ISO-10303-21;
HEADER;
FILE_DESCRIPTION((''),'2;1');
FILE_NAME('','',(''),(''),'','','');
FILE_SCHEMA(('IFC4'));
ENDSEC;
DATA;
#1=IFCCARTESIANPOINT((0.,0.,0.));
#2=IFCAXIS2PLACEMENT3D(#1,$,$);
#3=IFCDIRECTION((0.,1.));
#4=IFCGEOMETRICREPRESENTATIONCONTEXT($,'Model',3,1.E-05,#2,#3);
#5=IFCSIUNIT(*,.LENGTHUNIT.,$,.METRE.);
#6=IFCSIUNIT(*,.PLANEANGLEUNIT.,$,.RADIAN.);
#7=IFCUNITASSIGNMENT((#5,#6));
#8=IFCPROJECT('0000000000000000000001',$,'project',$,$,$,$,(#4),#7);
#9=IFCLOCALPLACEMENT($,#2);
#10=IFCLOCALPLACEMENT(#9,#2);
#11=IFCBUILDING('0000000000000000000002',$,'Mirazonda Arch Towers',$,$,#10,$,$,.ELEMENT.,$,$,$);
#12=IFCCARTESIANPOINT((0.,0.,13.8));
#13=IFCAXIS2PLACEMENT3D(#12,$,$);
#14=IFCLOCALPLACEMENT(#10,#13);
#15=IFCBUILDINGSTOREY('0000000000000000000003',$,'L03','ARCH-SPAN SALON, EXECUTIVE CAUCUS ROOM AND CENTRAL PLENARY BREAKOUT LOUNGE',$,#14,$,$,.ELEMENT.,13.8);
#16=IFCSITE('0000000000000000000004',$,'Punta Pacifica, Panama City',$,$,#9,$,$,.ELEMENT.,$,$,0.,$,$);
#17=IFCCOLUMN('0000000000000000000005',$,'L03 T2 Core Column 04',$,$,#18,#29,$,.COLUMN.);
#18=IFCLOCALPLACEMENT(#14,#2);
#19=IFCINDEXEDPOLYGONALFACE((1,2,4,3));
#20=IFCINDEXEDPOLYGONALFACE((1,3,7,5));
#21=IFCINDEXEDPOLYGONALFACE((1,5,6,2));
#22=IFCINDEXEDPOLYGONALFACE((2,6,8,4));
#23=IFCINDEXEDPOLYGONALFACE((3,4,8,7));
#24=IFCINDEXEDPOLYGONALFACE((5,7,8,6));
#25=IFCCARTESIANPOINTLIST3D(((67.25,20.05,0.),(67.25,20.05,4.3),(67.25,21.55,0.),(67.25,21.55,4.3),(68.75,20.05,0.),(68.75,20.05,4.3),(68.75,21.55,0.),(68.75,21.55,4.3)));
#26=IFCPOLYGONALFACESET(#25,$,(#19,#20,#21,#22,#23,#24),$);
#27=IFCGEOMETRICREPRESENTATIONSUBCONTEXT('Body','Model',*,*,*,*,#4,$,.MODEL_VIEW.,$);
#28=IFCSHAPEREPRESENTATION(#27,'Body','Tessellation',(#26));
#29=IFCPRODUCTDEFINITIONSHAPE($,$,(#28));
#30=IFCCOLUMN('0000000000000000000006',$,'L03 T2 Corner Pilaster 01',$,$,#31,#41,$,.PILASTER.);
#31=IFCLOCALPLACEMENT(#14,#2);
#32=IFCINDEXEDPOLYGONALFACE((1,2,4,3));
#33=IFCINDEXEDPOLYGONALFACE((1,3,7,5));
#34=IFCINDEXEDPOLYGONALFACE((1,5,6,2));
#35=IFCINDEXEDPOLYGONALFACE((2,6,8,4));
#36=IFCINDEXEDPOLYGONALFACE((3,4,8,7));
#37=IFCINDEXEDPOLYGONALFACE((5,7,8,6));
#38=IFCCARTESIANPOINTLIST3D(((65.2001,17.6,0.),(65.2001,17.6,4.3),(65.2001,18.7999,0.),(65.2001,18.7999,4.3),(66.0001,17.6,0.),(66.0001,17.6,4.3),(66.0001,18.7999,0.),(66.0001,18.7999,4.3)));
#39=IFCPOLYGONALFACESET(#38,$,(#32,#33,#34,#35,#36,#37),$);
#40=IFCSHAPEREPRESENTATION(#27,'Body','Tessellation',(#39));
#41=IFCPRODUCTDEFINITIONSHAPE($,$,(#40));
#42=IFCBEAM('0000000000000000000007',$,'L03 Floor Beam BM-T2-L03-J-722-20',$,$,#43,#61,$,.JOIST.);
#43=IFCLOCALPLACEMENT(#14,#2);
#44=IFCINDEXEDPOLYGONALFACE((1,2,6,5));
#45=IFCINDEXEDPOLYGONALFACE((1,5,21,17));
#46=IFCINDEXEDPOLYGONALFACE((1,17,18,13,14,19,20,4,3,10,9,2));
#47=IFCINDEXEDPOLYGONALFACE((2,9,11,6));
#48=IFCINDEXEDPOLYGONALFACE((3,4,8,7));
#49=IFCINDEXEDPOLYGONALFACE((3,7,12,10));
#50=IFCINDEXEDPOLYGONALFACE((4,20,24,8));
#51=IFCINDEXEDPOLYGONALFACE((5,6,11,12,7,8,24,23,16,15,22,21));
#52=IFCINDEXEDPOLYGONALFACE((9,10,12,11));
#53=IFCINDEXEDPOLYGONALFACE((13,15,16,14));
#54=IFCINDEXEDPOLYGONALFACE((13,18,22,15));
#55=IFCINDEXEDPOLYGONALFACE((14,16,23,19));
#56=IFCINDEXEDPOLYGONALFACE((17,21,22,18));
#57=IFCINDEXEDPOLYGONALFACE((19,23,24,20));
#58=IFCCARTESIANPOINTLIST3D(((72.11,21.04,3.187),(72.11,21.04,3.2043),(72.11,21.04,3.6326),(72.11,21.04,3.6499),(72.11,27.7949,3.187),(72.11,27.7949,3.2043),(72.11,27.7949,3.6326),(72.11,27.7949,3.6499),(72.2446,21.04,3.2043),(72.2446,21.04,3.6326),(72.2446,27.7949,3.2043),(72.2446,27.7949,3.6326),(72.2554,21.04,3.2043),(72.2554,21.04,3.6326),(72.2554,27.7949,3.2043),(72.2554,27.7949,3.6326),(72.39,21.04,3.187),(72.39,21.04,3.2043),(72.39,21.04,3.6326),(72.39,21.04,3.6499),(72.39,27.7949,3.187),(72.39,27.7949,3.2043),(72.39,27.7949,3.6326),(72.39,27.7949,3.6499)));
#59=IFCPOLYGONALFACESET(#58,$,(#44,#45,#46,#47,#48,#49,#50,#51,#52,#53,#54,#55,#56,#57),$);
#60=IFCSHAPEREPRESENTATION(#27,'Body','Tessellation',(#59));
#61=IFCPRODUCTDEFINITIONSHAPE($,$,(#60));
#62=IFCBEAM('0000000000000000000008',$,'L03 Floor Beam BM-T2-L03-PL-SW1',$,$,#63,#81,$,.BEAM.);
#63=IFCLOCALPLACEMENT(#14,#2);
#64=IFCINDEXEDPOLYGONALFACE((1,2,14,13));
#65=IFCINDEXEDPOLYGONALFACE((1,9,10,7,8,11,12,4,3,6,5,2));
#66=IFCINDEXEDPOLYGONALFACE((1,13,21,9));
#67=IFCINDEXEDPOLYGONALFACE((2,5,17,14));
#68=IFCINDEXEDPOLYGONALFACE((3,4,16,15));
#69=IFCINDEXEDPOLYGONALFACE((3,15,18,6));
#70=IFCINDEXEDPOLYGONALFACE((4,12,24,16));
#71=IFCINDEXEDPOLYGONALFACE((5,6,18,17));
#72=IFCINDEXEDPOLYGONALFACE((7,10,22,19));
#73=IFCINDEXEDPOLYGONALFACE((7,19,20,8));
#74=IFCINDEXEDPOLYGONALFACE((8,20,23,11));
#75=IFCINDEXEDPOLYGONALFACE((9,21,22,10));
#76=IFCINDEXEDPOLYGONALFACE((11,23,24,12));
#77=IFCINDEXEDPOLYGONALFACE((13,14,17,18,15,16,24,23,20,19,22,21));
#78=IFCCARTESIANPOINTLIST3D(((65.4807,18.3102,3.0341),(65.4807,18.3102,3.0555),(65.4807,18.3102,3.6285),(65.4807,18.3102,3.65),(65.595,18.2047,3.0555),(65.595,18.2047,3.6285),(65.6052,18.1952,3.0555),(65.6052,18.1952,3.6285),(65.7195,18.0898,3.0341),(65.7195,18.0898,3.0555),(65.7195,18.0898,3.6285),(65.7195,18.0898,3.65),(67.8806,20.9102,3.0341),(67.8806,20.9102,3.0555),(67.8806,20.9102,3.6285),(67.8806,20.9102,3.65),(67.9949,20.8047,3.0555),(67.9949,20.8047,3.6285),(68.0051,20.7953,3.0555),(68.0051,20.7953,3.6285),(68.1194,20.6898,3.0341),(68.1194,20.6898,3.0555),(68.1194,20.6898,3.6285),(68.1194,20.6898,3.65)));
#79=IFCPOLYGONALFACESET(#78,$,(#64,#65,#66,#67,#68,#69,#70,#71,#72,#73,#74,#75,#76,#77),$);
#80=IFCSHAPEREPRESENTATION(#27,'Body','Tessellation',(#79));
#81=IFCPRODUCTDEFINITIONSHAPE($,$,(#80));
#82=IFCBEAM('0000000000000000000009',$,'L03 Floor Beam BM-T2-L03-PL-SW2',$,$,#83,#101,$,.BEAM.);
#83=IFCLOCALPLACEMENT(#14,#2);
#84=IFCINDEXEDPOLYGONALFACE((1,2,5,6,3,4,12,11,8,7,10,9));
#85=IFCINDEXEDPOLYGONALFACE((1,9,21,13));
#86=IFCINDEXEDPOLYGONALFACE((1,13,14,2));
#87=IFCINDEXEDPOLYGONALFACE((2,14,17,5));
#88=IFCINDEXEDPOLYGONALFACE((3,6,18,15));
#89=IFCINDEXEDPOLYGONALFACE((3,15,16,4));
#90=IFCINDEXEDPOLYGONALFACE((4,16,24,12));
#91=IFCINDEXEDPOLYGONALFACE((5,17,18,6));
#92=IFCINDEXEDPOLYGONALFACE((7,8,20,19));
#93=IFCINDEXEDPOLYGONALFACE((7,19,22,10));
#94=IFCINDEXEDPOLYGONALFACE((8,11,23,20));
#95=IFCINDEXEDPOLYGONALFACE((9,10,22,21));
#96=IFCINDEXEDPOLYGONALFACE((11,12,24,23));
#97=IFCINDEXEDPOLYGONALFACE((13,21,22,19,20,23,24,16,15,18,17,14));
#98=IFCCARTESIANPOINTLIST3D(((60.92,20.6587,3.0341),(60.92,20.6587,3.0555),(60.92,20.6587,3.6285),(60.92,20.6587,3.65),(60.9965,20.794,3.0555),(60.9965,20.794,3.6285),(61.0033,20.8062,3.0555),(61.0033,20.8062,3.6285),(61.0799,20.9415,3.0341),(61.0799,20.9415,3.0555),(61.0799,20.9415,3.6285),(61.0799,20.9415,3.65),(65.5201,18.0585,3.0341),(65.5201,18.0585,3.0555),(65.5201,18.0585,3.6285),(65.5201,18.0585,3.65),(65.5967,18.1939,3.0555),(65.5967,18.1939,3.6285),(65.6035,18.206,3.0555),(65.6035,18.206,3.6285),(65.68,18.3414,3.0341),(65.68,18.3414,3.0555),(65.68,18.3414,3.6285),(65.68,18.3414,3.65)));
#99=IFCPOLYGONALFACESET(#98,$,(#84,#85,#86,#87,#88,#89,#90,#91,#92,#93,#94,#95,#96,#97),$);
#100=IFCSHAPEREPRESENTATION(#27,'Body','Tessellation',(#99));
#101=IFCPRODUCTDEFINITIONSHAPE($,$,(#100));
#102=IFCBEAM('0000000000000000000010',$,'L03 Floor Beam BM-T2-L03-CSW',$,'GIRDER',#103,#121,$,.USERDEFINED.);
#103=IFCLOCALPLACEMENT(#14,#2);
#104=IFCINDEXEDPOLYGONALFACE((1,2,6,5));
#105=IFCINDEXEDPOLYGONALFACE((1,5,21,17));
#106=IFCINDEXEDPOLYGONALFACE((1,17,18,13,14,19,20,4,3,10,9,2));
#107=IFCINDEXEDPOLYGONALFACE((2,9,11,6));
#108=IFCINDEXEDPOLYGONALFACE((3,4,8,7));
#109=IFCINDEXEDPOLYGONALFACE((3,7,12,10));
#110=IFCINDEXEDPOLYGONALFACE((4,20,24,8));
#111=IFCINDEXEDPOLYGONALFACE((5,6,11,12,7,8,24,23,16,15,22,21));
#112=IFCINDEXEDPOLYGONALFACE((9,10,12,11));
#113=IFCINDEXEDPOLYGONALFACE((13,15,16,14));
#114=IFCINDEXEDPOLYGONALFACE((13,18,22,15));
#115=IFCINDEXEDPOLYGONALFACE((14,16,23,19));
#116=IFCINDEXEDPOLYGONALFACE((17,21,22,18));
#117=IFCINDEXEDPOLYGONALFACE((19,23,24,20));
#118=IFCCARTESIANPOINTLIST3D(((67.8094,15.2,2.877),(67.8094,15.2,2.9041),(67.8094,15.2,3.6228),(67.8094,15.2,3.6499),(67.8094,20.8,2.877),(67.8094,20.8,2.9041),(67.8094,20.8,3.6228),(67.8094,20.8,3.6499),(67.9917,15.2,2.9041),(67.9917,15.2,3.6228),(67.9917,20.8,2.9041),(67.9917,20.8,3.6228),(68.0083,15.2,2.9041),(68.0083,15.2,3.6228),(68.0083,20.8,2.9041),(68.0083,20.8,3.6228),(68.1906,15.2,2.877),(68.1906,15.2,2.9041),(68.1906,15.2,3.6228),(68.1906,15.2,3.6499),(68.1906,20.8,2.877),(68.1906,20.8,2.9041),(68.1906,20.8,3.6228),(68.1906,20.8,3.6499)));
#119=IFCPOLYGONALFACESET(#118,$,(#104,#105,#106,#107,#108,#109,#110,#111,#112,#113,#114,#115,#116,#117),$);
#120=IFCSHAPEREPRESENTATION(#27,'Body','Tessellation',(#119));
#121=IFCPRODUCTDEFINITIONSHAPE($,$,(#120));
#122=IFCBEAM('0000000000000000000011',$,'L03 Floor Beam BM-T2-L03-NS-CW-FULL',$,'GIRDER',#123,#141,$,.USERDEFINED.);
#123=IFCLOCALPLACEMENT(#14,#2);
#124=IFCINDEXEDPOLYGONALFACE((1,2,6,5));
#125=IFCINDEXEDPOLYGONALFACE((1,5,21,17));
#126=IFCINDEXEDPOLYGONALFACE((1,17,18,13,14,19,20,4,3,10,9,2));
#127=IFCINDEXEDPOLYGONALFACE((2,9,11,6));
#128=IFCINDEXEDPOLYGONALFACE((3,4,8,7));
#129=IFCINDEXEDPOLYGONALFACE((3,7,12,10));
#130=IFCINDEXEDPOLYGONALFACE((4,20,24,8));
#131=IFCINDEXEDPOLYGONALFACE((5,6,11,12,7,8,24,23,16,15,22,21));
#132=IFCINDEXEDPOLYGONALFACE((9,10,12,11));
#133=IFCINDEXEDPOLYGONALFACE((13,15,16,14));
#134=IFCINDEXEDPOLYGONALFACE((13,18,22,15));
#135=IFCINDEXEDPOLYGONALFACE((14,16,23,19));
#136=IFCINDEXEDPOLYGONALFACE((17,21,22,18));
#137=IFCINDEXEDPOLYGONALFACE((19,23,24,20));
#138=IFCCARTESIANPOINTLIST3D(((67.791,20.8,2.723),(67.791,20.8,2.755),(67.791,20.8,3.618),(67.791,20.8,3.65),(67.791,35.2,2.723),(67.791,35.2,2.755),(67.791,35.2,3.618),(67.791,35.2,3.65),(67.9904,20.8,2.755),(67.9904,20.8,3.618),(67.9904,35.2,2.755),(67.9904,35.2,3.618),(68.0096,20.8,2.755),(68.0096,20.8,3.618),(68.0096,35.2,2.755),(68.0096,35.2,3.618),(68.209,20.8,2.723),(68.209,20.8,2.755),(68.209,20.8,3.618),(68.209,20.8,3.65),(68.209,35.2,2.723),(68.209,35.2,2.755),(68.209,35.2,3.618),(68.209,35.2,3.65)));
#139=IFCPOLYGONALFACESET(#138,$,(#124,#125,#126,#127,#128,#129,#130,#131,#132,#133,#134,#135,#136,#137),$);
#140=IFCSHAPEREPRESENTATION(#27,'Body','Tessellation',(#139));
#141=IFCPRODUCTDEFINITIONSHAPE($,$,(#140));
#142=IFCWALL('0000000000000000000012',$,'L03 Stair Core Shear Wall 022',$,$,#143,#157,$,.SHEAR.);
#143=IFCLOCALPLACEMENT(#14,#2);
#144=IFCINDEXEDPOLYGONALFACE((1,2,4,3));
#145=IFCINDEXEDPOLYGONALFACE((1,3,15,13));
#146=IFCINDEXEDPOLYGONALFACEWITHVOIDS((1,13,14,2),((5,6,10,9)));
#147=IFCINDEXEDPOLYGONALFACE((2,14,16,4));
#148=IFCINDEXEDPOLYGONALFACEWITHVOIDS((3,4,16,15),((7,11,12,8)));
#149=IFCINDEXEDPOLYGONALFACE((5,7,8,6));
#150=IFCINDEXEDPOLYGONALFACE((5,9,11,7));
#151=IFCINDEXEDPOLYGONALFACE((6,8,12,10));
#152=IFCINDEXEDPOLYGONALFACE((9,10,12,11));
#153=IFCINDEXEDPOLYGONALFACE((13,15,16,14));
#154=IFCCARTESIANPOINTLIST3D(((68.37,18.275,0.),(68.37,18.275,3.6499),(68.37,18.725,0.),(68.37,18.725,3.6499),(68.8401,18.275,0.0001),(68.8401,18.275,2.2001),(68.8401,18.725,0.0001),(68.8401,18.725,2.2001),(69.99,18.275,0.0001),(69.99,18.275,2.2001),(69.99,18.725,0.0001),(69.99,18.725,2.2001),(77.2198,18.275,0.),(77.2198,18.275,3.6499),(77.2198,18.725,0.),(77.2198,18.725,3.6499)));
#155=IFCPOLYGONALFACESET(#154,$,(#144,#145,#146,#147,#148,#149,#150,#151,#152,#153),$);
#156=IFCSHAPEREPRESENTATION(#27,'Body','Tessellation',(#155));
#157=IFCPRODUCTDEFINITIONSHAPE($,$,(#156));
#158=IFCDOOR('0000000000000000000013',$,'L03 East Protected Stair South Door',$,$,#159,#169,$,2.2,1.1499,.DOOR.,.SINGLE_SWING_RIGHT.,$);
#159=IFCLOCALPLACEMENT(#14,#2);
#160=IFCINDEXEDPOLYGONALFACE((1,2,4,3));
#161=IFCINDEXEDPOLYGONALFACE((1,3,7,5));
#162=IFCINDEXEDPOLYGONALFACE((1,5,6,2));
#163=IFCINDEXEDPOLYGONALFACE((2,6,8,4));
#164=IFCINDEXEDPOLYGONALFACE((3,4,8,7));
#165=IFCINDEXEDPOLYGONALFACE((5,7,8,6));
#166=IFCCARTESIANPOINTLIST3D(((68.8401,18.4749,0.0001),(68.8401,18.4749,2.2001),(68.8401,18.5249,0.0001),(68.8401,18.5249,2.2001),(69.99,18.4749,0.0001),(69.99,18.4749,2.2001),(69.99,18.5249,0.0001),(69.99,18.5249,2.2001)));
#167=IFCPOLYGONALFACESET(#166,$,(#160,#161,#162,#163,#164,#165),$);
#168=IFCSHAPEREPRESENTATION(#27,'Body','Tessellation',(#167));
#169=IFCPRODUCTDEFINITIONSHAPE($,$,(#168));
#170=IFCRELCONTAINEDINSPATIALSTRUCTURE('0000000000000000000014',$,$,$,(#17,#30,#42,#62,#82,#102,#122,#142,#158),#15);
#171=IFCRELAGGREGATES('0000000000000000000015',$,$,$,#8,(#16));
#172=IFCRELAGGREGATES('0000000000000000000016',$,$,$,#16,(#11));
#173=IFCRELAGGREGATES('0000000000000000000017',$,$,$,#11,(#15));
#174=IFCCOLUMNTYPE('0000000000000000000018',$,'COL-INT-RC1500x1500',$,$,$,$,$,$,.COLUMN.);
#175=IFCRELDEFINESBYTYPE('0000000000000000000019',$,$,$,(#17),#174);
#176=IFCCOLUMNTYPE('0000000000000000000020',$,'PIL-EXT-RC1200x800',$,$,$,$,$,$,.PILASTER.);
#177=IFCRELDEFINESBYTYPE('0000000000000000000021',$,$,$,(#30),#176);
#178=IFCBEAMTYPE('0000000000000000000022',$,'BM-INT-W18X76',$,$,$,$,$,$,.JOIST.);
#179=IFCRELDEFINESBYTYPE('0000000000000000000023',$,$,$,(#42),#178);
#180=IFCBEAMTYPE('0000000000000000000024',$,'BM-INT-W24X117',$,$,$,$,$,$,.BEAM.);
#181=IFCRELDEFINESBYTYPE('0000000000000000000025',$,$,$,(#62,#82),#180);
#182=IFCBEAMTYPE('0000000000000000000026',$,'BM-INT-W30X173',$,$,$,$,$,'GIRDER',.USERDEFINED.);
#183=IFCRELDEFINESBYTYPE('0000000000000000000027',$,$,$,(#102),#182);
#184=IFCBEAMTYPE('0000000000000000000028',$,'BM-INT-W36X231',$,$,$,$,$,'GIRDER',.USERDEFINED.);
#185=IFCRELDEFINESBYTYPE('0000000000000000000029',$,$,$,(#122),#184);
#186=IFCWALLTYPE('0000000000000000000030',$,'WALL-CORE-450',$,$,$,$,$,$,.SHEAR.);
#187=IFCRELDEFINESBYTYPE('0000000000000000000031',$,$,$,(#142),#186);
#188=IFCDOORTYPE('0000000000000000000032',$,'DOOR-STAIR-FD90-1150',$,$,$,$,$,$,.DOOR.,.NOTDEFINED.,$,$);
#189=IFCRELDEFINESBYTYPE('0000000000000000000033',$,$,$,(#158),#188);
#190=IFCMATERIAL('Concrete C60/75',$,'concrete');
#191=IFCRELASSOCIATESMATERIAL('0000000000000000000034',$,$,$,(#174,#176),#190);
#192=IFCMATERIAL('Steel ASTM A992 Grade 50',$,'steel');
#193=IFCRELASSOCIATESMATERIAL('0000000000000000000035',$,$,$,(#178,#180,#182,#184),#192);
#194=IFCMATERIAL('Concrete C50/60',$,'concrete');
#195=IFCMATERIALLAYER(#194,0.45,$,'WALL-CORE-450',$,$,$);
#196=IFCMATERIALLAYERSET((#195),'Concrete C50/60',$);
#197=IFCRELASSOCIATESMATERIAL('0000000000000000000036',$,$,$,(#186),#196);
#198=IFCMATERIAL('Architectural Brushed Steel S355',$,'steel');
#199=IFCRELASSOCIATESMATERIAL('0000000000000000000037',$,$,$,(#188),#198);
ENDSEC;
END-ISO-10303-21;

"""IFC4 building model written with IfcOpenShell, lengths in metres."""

from ifc_helpers import new_model, si_unit, direction, frame, frame_2d, origin, origin_2d, place, context, subcontext, project, spatial, rectangle, i_section, extrude, material, layer, layer_set, material_profile, profile_set, type_object, element, fill, save


model = new_model("IFC4")

# Units and contexts
model_context = context("Model", 3, precision=1e-05, world=origin(), true_north=direction((0.0, 1.0)))
body_context = subcontext(model_context, "Body", "Model", "MODEL_VIEW")
ifc_project = project(units=[si_unit("LENGTHUNIT", "METRE"), si_unit("PLANEANGLEUNIT", "RADIAN")], contexts=[model_context])

# Site, building, storey
site_placement = place(None, origin())
site = spatial("IfcSite", under=ifc_project, at=site_placement, Name="Punta Pacifica, Panama City", CompositionType="ELEMENT", RefElevation=0.0)
building_placement = place(site_placement, origin())
building = spatial("IfcBuilding", under=site, at=building_placement, Name="Mirazonda Arch Towers", CompositionType="ELEMENT")
storey_placement = place(building_placement, frame((0.0, 0.0, 13.8)))
storey = spatial("IfcBuildingStorey", under=building, at=storey_placement, Name="L03", Description="ARCH-SPAN SALON, EXECUTIVE CAUCUS ROOM AND CENTRAL PLENARY BREAKOUT LOUNGE", CompositionType="ELEMENT", Elevation=13.8)

# Columns
ifc_material_1 = material(Name="Concrete C60/75", Category="concrete")
ifc_material_profile_1 = material_profile(ifc_material_1, rectangle(XDim=1.5, YDim=1.5, at=origin_2d()), Name="RC1500x1500")
ifc_profile_set_1 = profile_set([ifc_material_profile_1], Name="Concrete C60/75")
column_type_1 = type_object("IfcColumnType", Name="COL-INT-RC1500x1500", PredefinedType="COLUMN", material=ifc_profile_set_1)
column_1_placement = place(storey_placement, frame((68.0, 20.8, 0.0), z_axis=(0.0, 0.0, 1.0), x_axis=(1.0, 0.0, 0.0)))
element("IfcColumn", 1, at=column_1_placement, inside=storey, type_object=column_type_1, Name="L03 T2 Core Column 04", PredefinedType="COLUMN", context=body_context, shape_type="SweptSolid", body=[
    extrude(rectangle(XDim=1.5, YDim=1.5, at=origin_2d()), origin(), (0.0, 0.0, 1.0), 4.3),
])
ifc_material_profile_2 = material_profile(ifc_material_1, rectangle(XDim=0.8, YDim=1.2, at=origin_2d()), Name="RC1200x800")
ifc_profile_set_2 = profile_set([ifc_material_profile_2], Name="Concrete C60/75")
column_type_2 = type_object("IfcColumnType", Name="PIL-EXT-RC1200x800", PredefinedType="PILASTER", material=ifc_profile_set_2)
column_2_placement = place(storey_placement, frame((65.6001, 18.2, 0.0), z_axis=(0.0, 0.0, 1.0), x_axis=(1.0, 0.0, 0.0)))
element("IfcColumn", 2, at=column_2_placement, inside=storey, type_object=column_type_2, Name="L03 T2 Corner Pilaster 01", PredefinedType="PILASTER", context=body_context, shape_type="SweptSolid", body=[
    extrude(rectangle(XDim=0.8, YDim=1.2, at=origin_2d()), origin(), (0.0, 0.0, 1.0), 4.3),
])

# Beams
ifc_material_2 = material(Name="Steel ASTM A992 Grade 50", Category="steel")
ifc_material_profile_3 = material_profile(ifc_material_2, i_section(OverallWidth=0.28, OverallDepth=0.4629, WebThickness=0.0107, FlangeThickness=0.0173, at=origin_2d()), Name="W18X76")
ifc_profile_set_3 = profile_set([ifc_material_profile_3], Name="Steel ASTM A992 Grade 50")
beam_type_1 = type_object("IfcBeamType", Name="BM-INT-W18X76", PredefinedType="JOIST", material=ifc_profile_set_3)
beam_1_placement = place(storey_placement, frame((72.25, 21.04, 3.4185), z_axis=(0.0, 1.0, 0.0), x_axis=(-1.0, 0.0, 0.0)))
element("IfcBeam", 3, at=beam_1_placement, inside=storey, type_object=beam_type_1, Name="L03 Floor Beam BM-T2-L03-J-722-20", PredefinedType="JOIST", context=body_context, shape_type="SweptSolid", body=[
    extrude(i_section(OverallWidth=0.28, OverallDepth=0.4629, WebThickness=0.0107, FlangeThickness=0.0173, at=origin_2d()), origin(), (0.0, 0.0, 1.0), 6.7549),
])
ifc_material_profile_4 = material_profile(ifc_material_2, i_section(OverallWidth=0.325, OverallDepth=0.616, WebThickness=0.0139, FlangeThickness=0.0215, at=origin_2d()), Name="W24X117")
ifc_profile_set_4 = profile_set([ifc_material_profile_4], Name="Steel ASTM A992 Grade 50")
beam_type_2 = type_object("IfcBeamType", Name="BM-INT-W24X117", PredefinedType="BEAM", material=ifc_profile_set_4)
beam_2_placement = place(storey_placement, frame((65.6001, 18.2, 3.342), z_axis=(0.678251, 0.73483, 0.0), x_axis=(-0.73483, 0.678251, 0.0)))
element("IfcBeam", 4, at=beam_2_placement, inside=storey, type_object=beam_type_2, Name="L03 Floor Beam BM-T2-L03-PL-SW1", PredefinedType="BEAM", context=body_context, shape_type="SweptSolid", body=[
    extrude(i_section(OverallWidth=0.325, OverallDepth=0.616, WebThickness=0.0139, FlangeThickness=0.0215, at=origin_2d()), origin(), (0.0, 0.0, 1.0), 3.5383),
])
beam_3_placement = place(storey_placement, frame((65.6001, 18.2, 3.342), z_axis=(-0.870559, 0.492063, 0.0), x_axis=(-0.492063, -0.870559, 0.0)))
element("IfcBeam", 5, at=beam_3_placement, inside=storey, type_object=beam_type_2, Name="L03 Floor Beam BM-T2-L03-PL-SW2", PredefinedType="BEAM", context=body_context, shape_type="SweptSolid", body=[
    extrude(i_section(OverallWidth=0.325, OverallDepth=0.616, WebThickness=0.0139, FlangeThickness=0.0215, at=origin_2d()), origin(), (0.0, 0.0, 1.0), 5.2842),
])
ifc_material_profile_5 = material_profile(ifc_material_2, i_section(OverallWidth=0.3811, OverallDepth=0.7729, WebThickness=0.0166, FlangeThickness=0.0271, at=origin_2d()), Name="W30X173")
ifc_profile_set_5 = profile_set([ifc_material_profile_5], Name="Steel ASTM A992 Grade 50")
beam_type_3 = type_object("IfcBeamType", Name="BM-INT-W30X173", ElementType="GIRDER", PredefinedType="USERDEFINED", material=ifc_profile_set_5)
beam_4_placement = place(storey_placement, frame((68.0, 15.2, 3.2634), z_axis=(0.0, 1.0, 0.0), x_axis=(-1.0, 0.0, 0.0)))
element("IfcBeam", 6, at=beam_4_placement, inside=storey, type_object=beam_type_3, Name="L03 Floor Beam BM-T2-L03-CSW", ObjectType="GIRDER", PredefinedType="USERDEFINED", context=body_context, shape_type="SweptSolid", body=[
    extrude(i_section(OverallWidth=0.3811, OverallDepth=0.7729, WebThickness=0.0166, FlangeThickness=0.0271, at=origin_2d()), origin(), (0.0, 0.0, 1.0), 5.6001),
])
ifc_material_profile_6 = material_profile(ifc_material_2, i_section(OverallWidth=0.418, OverallDepth=0.927, WebThickness=0.0193, FlangeThickness=0.032, at=origin_2d()), Name="W36X231")
ifc_profile_set_6 = profile_set([ifc_material_profile_6], Name="Steel ASTM A992 Grade 50")
beam_type_4 = type_object("IfcBeamType", Name="BM-INT-W36X231", ElementType="GIRDER", PredefinedType="USERDEFINED", material=ifc_profile_set_6)
beam_5_placement = place(storey_placement, frame((68.0, 20.8, 3.1865), z_axis=(0.0, 1.0, 0.0), x_axis=(-1.0, 0.0, 0.0)))
element("IfcBeam", 7, at=beam_5_placement, inside=storey, type_object=beam_type_4, Name="L03 Floor Beam BM-T2-L03-NS-CW-FULL", ObjectType="GIRDER", PredefinedType="USERDEFINED", context=body_context, shape_type="SweptSolid", body=[
    extrude(i_section(OverallWidth=0.418, OverallDepth=0.927, WebThickness=0.0193, FlangeThickness=0.032, at=origin_2d()), origin(), (0.0, 0.0, 1.0), 14.3999),
])

# Wall, opening, door
ifc_material_3 = material(Name="Concrete C50/60", Category="concrete")
ifc_layer_1 = layer(ifc_material_3, 0.45, Name="WALL-CORE-450")
ifc_layer_set_1 = layer_set([ifc_layer_1], Name="Concrete C50/60")
wall_type_1 = type_object("IfcWallType", Name="WALL-CORE-450", PredefinedType="SHEAR", material=ifc_layer_set_1)
wall_1_placement = place(storey_placement, frame((68.3701, 18.5, 0.0), z_axis=(0.0, 0.0, 1.0), x_axis=(1.0, 0.0, 0.0)))
wall_1 = element("IfcWall", 8, at=wall_1_placement, inside=storey, type_object=wall_type_1, Name="L03 Stair Core Shear Wall 022", PredefinedType="SHEAR", context=body_context, shape_type="SweptSolid", body=[
    extrude(rectangle(XDim=8.8499, YDim=0.45, at=frame_2d((4.4248, 0.0))), origin(), (0.0, 0.0, 1.0), 3.6499),
])
opening_1_placement = place(wall_1_placement, frame((0.47, 0.0, 0.0)))
opening_1 = element("IfcOpeningElement", 9, at=opening_1_placement, cuts=wall_1, PredefinedType="OPENING", context=body_context, shape_type="SweptSolid", body=[
    extrude(rectangle(XDim=1.1499, YDim=2.2, at=frame_2d((0.575, 1.1001))), frame((0.0, 0.2349, 0.0), z_axis=(0.0, -1.0, 0.0), x_axis=(1.0, 0.0, 0.0)), (0.0, 0.0, 1.0), 0.47),
])
ifc_material_4 = material(Name="Architectural Brushed Steel S355", Category="steel")
door_type_1 = type_object("IfcDoorType", Name="DOOR-STAIR-FD90-1150", OperationType="NOTDEFINED", PredefinedType="DOOR", material=ifc_material_4)
door_1_placement = place(opening_1_placement, origin())
door_1 = element("IfcDoor", 10, at=door_1_placement, inside=storey, type_object=door_type_1, Name="L03 East Protected Stair South Door", OperationType="SINGLE_SWING_RIGHT", OverallHeight=2.2, OverallWidth=1.1499, PredefinedType="DOOR", context=body_context, shape_type="SweptSolid", body=[
    extrude(rectangle(XDim=1.1499, YDim=2.2, at=frame_2d((0.575, 1.1001))), frame((0.0, 0.0249, 0.0), z_axis=(0.0, -1.0, 0.0), x_axis=(1.0, 0.0, 0.0)), (0.0, 0.0, 1.0), 0.05),
])
fill(opening_1, door_1)

save(model, "model.ifc")
